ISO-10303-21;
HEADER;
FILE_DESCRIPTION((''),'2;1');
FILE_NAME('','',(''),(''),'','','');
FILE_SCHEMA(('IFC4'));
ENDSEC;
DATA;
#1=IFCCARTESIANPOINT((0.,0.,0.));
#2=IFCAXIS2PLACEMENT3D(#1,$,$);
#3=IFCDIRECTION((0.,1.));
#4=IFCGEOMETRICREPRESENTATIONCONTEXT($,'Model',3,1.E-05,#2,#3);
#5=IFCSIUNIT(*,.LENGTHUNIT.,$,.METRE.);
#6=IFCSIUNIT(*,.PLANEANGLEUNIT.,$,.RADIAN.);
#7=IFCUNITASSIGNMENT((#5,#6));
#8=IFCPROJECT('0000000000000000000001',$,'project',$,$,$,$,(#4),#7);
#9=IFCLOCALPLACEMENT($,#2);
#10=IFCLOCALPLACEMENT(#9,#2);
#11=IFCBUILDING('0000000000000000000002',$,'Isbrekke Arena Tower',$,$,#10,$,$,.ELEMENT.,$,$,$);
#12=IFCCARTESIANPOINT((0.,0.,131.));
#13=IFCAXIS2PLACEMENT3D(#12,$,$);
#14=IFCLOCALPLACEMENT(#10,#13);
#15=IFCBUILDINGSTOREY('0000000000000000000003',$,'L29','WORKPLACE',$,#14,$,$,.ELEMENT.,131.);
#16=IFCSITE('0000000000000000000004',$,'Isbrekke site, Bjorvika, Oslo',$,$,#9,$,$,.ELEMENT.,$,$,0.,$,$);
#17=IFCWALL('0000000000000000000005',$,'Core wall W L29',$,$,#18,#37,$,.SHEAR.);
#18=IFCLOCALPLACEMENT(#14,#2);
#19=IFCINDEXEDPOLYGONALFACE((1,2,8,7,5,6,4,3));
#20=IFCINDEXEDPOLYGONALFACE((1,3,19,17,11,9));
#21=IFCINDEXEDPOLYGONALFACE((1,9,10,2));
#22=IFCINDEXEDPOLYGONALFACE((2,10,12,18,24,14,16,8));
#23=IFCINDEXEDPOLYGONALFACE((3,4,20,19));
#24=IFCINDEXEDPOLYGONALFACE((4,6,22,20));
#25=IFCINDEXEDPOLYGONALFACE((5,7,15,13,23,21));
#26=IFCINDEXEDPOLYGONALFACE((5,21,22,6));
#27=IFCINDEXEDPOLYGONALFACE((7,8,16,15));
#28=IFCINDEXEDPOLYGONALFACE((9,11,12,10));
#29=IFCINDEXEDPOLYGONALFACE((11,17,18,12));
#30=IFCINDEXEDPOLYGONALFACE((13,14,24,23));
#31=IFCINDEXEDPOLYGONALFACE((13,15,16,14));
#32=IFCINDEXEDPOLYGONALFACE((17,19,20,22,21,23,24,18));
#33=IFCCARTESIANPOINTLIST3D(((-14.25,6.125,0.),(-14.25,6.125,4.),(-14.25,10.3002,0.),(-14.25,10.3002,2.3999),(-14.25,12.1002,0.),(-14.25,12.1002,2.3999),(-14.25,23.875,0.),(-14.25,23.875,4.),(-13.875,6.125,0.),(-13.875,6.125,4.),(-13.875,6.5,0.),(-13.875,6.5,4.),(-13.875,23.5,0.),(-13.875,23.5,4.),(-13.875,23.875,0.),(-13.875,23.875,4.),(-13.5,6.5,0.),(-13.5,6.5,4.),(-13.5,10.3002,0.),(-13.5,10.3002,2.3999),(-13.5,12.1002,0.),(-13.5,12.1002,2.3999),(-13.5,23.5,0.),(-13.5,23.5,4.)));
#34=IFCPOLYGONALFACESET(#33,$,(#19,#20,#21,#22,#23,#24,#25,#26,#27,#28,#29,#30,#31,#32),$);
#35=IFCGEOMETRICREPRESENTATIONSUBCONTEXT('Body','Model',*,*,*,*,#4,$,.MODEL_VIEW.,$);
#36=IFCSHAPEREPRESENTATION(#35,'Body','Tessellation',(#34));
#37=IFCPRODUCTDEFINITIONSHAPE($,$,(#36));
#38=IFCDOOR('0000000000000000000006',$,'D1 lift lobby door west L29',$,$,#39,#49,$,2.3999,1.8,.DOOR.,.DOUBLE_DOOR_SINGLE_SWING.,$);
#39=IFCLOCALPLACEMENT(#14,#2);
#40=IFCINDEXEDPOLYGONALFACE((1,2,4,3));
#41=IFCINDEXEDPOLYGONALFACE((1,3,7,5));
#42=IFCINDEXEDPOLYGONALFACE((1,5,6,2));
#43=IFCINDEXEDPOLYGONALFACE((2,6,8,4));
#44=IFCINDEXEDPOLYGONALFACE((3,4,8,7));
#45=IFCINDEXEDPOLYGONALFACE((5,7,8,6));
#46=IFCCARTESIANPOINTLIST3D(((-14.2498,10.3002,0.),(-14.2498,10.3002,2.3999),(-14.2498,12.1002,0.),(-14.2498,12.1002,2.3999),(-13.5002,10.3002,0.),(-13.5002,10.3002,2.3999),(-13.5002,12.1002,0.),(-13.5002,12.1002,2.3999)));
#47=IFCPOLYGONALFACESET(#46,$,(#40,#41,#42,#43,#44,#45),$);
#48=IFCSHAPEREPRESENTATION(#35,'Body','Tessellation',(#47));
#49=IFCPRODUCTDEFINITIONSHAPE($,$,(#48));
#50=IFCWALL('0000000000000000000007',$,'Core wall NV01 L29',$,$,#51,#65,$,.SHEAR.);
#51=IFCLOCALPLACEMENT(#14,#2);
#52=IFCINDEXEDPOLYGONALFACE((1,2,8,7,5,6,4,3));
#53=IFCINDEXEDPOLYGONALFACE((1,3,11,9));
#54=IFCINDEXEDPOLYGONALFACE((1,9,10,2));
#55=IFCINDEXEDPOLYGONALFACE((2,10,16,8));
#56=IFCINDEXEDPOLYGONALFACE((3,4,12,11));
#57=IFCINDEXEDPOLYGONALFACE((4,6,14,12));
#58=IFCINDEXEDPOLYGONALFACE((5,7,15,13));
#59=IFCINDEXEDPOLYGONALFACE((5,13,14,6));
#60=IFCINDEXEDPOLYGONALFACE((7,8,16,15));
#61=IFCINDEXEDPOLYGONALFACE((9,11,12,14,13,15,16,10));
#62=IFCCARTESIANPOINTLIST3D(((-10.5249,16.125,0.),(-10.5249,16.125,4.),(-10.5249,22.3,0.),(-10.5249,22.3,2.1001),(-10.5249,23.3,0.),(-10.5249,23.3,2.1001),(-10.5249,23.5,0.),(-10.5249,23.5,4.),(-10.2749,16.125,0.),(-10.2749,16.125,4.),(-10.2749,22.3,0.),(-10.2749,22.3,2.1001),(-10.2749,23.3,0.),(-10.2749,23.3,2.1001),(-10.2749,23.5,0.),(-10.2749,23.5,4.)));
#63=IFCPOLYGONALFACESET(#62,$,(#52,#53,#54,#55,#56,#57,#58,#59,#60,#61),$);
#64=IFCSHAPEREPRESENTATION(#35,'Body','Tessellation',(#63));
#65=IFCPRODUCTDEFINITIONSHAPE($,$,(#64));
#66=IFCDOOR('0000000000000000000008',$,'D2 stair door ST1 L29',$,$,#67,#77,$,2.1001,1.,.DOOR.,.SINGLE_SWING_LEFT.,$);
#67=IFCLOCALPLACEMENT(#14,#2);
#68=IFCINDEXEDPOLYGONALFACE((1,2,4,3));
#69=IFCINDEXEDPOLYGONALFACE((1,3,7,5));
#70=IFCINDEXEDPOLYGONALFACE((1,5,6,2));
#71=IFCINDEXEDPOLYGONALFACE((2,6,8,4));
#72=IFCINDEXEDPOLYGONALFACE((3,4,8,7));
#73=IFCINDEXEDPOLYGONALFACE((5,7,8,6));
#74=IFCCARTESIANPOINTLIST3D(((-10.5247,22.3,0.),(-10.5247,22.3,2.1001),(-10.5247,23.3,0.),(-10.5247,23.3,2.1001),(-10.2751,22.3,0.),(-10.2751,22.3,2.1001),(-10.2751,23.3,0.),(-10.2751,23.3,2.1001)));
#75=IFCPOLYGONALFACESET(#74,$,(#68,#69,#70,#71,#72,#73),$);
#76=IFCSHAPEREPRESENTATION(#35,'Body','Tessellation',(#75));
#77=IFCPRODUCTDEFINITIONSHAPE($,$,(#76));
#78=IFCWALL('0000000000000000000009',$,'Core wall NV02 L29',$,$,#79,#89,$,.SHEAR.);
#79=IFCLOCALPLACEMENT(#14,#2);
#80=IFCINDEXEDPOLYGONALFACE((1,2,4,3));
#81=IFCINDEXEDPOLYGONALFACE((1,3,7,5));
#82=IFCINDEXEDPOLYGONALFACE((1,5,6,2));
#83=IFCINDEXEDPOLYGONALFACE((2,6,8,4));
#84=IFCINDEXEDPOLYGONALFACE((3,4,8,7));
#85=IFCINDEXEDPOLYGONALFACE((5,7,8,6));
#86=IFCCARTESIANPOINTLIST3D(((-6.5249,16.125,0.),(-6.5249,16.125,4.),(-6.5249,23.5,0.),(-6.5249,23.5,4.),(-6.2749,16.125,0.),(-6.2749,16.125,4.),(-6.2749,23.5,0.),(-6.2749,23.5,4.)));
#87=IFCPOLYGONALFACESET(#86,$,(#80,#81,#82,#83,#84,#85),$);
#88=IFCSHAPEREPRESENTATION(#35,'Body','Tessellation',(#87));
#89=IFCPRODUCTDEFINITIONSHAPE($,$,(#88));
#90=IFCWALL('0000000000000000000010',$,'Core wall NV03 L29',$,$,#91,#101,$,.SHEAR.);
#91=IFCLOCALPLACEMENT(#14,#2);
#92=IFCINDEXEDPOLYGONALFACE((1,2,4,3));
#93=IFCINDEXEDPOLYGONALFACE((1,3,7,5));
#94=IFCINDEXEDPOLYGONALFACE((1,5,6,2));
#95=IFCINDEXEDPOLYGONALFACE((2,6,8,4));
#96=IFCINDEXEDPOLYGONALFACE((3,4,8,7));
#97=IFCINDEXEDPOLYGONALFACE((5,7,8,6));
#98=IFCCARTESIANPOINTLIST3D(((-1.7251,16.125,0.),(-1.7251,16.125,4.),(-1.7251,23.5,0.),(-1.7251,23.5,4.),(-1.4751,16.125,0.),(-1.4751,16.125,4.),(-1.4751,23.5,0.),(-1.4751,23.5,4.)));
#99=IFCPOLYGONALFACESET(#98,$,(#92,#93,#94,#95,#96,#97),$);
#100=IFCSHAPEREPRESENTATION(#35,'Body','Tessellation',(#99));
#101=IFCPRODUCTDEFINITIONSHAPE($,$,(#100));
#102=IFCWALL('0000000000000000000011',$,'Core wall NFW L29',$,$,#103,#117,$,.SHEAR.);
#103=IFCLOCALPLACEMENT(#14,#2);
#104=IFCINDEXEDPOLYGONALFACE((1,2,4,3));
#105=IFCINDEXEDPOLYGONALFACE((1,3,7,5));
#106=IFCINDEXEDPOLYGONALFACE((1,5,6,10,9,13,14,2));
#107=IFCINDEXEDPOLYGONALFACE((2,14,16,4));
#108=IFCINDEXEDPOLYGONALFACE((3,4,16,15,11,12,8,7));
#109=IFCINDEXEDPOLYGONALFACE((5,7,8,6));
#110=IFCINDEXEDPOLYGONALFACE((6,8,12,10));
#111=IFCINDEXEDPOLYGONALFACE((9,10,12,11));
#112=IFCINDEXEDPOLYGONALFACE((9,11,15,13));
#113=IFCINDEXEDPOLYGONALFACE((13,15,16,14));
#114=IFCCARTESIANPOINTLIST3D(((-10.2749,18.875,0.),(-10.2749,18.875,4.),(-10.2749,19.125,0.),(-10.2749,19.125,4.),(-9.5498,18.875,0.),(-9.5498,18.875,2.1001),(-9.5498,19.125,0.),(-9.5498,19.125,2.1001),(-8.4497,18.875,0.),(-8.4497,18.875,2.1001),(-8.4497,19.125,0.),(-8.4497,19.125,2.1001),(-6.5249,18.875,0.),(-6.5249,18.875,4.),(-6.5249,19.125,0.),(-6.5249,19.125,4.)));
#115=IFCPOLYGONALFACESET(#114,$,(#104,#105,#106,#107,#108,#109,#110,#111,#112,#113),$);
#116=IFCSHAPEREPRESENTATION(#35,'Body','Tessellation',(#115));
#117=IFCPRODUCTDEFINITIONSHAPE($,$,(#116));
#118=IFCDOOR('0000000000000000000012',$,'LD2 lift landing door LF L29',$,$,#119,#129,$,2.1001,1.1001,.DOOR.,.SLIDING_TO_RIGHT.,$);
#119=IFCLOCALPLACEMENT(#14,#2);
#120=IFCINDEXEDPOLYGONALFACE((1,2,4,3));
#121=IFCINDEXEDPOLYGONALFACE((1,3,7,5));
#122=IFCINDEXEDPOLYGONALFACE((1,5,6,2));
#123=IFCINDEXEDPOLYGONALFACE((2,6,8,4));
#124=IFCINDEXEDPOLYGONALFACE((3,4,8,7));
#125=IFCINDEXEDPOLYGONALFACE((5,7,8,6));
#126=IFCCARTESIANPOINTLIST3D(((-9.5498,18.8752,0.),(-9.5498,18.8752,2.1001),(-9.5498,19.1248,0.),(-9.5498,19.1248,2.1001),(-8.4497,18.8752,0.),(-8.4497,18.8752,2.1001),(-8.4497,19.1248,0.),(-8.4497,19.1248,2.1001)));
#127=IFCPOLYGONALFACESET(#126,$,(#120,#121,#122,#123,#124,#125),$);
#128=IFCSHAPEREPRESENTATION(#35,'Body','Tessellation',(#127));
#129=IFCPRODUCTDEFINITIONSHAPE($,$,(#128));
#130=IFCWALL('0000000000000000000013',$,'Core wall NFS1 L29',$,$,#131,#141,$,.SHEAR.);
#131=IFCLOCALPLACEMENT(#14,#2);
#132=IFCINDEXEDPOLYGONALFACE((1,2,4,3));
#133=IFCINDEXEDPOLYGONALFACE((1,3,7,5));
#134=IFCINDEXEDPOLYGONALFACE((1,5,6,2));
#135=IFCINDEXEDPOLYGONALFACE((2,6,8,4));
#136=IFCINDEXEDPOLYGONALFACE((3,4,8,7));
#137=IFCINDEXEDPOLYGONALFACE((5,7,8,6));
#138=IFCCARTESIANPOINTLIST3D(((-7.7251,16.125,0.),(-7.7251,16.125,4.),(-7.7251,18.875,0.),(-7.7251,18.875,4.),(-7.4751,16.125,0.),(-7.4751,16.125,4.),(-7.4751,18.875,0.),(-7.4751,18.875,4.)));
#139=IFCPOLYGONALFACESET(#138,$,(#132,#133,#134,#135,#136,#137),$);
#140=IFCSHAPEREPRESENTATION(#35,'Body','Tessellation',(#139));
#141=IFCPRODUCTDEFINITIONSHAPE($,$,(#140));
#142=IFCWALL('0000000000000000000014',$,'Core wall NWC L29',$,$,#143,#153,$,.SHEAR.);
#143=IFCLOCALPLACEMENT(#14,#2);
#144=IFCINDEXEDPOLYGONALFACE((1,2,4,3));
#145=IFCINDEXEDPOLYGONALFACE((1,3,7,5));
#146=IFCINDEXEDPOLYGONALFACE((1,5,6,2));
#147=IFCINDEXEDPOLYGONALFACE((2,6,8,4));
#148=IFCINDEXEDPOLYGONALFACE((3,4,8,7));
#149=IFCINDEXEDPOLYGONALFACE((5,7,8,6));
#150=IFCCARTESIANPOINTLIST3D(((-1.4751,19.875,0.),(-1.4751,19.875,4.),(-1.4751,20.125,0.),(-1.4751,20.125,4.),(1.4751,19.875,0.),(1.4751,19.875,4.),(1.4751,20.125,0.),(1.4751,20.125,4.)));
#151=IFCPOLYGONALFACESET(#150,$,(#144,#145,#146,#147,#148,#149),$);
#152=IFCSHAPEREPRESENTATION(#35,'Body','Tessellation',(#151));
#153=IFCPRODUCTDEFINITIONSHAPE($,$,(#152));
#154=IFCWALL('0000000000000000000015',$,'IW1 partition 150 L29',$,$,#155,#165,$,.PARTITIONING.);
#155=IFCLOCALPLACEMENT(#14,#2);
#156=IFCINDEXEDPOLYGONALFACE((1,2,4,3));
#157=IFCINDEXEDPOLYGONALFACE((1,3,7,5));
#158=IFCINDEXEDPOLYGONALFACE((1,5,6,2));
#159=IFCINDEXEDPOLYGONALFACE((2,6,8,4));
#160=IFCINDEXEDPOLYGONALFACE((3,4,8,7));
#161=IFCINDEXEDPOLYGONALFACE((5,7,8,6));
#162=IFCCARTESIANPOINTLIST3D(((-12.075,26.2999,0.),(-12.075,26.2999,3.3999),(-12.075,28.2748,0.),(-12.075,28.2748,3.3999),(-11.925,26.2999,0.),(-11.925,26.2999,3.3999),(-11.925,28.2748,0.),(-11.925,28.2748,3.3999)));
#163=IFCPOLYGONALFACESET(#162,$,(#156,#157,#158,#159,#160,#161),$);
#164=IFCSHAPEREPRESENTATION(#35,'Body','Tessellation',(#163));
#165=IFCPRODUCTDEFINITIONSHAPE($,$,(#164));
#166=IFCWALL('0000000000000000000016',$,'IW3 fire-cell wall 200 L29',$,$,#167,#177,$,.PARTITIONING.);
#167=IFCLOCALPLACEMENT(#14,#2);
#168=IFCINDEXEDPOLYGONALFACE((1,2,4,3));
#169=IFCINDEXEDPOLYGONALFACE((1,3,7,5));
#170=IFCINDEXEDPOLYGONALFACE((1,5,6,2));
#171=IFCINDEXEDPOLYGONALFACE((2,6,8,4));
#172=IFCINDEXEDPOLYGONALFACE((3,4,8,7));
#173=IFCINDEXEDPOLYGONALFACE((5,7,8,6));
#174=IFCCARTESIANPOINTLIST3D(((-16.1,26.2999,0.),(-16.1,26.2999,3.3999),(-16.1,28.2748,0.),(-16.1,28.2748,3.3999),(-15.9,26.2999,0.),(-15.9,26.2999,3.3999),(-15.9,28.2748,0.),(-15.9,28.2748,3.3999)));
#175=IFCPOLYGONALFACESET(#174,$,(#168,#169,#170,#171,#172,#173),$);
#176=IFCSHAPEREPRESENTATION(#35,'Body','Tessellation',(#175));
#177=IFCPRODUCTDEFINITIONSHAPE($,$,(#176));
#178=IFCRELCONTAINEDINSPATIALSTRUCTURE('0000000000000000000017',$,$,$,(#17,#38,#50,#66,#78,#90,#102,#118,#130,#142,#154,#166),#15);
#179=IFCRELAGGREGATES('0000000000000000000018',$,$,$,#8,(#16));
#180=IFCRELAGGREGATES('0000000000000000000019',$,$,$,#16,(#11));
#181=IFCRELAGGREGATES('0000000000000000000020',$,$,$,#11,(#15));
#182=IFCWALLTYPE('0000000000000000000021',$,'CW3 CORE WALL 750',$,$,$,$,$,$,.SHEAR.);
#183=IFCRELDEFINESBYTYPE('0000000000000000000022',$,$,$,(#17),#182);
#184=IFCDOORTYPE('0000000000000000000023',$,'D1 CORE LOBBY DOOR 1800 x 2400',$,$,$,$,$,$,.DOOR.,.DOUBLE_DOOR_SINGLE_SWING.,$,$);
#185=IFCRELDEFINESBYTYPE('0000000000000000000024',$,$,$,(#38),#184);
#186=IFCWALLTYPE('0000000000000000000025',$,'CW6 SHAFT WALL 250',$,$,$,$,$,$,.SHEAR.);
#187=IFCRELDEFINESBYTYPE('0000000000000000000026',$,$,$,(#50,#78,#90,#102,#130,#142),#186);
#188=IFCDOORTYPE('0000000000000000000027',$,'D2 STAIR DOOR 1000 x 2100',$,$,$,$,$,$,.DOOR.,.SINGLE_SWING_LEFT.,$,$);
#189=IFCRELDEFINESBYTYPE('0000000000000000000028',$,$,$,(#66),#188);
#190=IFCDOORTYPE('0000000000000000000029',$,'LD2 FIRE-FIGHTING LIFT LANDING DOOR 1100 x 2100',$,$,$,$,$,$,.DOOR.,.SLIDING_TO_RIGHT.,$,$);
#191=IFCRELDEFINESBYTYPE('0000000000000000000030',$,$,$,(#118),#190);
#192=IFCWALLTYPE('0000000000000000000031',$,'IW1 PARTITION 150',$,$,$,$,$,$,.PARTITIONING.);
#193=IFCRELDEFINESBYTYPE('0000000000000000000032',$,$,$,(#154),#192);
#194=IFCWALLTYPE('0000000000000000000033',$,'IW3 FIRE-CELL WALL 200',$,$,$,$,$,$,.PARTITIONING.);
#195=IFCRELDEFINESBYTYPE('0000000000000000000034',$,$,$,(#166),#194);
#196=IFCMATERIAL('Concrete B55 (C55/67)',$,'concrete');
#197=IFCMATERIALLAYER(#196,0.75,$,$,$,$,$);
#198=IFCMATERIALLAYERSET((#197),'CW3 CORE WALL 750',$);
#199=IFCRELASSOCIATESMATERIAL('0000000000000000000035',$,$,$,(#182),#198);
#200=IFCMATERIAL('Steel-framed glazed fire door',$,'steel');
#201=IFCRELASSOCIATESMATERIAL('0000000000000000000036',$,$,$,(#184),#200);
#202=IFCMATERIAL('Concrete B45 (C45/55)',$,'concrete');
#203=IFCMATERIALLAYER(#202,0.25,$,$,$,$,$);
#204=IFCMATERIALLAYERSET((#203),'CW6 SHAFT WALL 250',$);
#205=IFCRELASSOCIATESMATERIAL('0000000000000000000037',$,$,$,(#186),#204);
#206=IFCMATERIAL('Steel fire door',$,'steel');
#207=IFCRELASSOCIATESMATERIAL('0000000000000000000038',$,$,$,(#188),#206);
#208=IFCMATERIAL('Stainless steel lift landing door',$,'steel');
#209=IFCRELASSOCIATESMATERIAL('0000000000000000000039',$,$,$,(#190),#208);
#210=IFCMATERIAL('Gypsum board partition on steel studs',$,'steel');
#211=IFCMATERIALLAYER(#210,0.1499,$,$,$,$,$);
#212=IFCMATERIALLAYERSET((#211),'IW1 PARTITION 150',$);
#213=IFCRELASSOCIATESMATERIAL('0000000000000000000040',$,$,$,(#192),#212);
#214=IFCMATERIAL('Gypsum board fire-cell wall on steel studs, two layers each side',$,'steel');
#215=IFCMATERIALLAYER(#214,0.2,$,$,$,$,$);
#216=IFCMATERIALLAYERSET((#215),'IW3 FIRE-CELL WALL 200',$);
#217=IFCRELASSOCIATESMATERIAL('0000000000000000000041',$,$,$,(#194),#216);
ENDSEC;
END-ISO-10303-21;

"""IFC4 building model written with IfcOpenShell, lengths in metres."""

from ifc_helpers import new_model, si_unit, direction, frame, frame_2d, origin, place, context, subcontext, project, spatial, polyline, rectangle, outline, extrude, material, layer, layer_set, type_object, element, fill, save


model = new_model("IFC4")

# Units and contexts
model_context = context("Model", 3, precision=1e-05, world=origin(), true_north=direction((0.0, 1.0)))
body_context = subcontext(model_context, "Body", "Model", "MODEL_VIEW")
ifc_project = project(units=[si_unit("LENGTHUNIT", "METRE"), si_unit("PLANEANGLEUNIT", "RADIAN")], contexts=[model_context])

# Site, building, storey
site_placement = place(None, origin())
site = spatial("IfcSite", under=ifc_project, at=site_placement, Name="Isbrekke site, Bjorvika, Oslo", CompositionType="ELEMENT", RefElevation=0.0)
building_placement = place(site_placement, origin())
building = spatial("IfcBuilding", under=site, at=building_placement, Name="Isbrekke Arena Tower", CompositionType="ELEMENT")
storey_placement = place(building_placement, frame((0.0, 0.0, 131.0)))
storey = spatial("IfcBuildingStorey", under=building, at=storey_placement, Name="L29", Description="WORKPLACE", CompositionType="ELEMENT", Elevation=131.0)

# Walls, openings, doors
ifc_material_1 = material(Name="Concrete B55 (C55/67)", Category="concrete")
ifc_layer_1 = layer(ifc_material_1, 0.75)
ifc_layer_set_1 = layer_set([ifc_layer_1], Name="CW3 CORE WALL 750")
wall_type_1 = type_object("IfcWallType", Name="CW3 CORE WALL 750", PredefinedType="SHEAR", material=ifc_layer_set_1)
wall_1_placement = place(storey_placement, frame((-13.875, 23.875, 0.0), z_axis=(0.0, 0.0, 1.0), x_axis=(0.0, -1.0, 0.0)))
wall_1 = element("IfcWall", 1, at=wall_1_placement, inside=storey, type_object=wall_type_1, Name="Core wall W L29", PredefinedType="SHEAR", context=body_context, shape_type="SweptSolid", body=[
    extrude(outline(polyline([(0.0, -0.375), (17.75, -0.375), (17.75, 0.0), (17.375, 0.0), (17.375, 0.375), (0.375, 0.375), (0.375, 0.0), (0.0, 0.0), (0.0, -0.375)])), origin(), (0.0, 0.0, 1.0), 4.0),
])
opening_1_placement = place(wall_1_placement, frame((11.7749, 0.0, 0.0)))
opening_1 = element("IfcOpeningElement", 2, at=opening_1_placement, cuts=wall_1, PredefinedType="OPENING", context=body_context, shape_type="SweptSolid", body=[
    extrude(rectangle(XDim=1.8, YDim=2.3999, at=frame_2d((0.8999, 1.2))), frame((0.0, 0.3899, 0.0), z_axis=(0.0, -1.0, 0.0), x_axis=(1.0, 0.0, 0.0)), (0.0, 0.0, 1.0), 0.7798),
])
ifc_material_2 = material(Name="Steel-framed glazed fire door", Category="steel")
door_type_1 = type_object("IfcDoorType", Name="D1 CORE LOBBY DOOR 1800 x 2400", OperationType="DOUBLE_DOOR_SINGLE_SWING", PredefinedType="DOOR", material=ifc_material_2)
door_1_placement = place(opening_1_placement, origin())
door_1 = element("IfcDoor", 3, at=door_1_placement, inside=storey, type_object=door_type_1, Name="D1 lift lobby door west L29", OperationType="DOUBLE_DOOR_SINGLE_SWING", OverallHeight=2.3999, OverallWidth=1.8, PredefinedType="DOOR", context=body_context, shape_type="SweptSolid", body=[
    extrude(rectangle(XDim=1.8, YDim=2.3999, at=frame_2d((0.8999, 1.2))), frame((0.0, 0.3748, 0.0), z_axis=(0.0, -1.0, 0.0), x_axis=(1.0, 0.0, 0.0)), (0.0, 0.0, 1.0), 0.7495),
])
fill(opening_1, door_1)
ifc_material_3 = material(Name="Concrete B45 (C45/55)", Category="concrete")
ifc_layer_2 = layer(ifc_material_3, 0.25)
ifc_layer_set_2 = layer_set([ifc_layer_2], Name="CW6 SHAFT WALL 250")
wall_type_2 = type_object("IfcWallType", Name="CW6 SHAFT WALL 250", PredefinedType="SHEAR", material=ifc_layer_set_2)
wall_2_placement = place(storey_placement, frame((-10.3999, 16.125, 0.0), z_axis=(0.0, 0.0, 1.0), x_axis=(0.0, 1.0, 0.0)))
wall_2 = element("IfcWall", 4, at=wall_2_placement, inside=storey, type_object=wall_type_2, Name="Core wall NV01 L29", PredefinedType="SHEAR", context=body_context, shape_type="SweptSolid", body=[
    extrude(rectangle(XDim=7.375, YDim=0.25, at=frame_2d((3.6875, 0.0))), origin(), (0.0, 0.0, 1.0), 4.0),
])
opening_2_placement = place(wall_2_placement, frame((6.175, 0.0, 0.0)))
opening_2 = element("IfcOpeningElement", 5, at=opening_2_placement, cuts=wall_2, PredefinedType="OPENING", context=body_context, shape_type="SweptSolid", body=[
    extrude(rectangle(XDim=1.0, YDim=2.1001, at=frame_2d((0.5, 1.05))), frame((0.0, 0.1399, 0.0), z_axis=(0.0, -1.0, 0.0), x_axis=(1.0, 0.0, 0.0)), (0.0, 0.0, 1.0), 0.2798),
])
ifc_material_4 = material(Name="Steel fire door", Category="steel")
door_type_2 = type_object("IfcDoorType", Name="D2 STAIR DOOR 1000 x 2100", OperationType="SINGLE_SWING_LEFT", PredefinedType="DOOR", material=ifc_material_4)
door_2_placement = place(opening_2_placement, origin())
door_2 = element("IfcDoor", 6, at=door_2_placement, inside=storey, type_object=door_type_2, Name="D2 stair door ST1 L29", OperationType="SINGLE_SWING_LEFT", OverallHeight=2.1001, OverallWidth=1.0, PredefinedType="DOOR", context=body_context, shape_type="SweptSolid", body=[
    extrude(rectangle(XDim=1.0, YDim=2.1001, at=frame_2d((0.5, 1.05))), frame((0.0, 0.1248, 0.0), z_axis=(0.0, -1.0, 0.0), x_axis=(1.0, 0.0, 0.0)), (0.0, 0.0, 1.0), 0.2495),
])
fill(opening_2, door_2)

# Walls
for number, where, z_axis, x_axis, name in (
    (7, (-6.3999, 16.125, 0.0), (0.0, 0.0, 1.0), (0.0, 1.0, 0.0), "Core wall NV02 L29"),
    (8, (-1.6001, 16.125, 0.0), (0.0, 0.0, 1.0), (0.0, 1.0, 0.0), "Core wall NV03 L29"),
):
    element("IfcWall", number, at=place(storey_placement, frame(where, z_axis=z_axis, x_axis=x_axis)), inside=storey, type_object=wall_type_2, Name=name, PredefinedType="SHEAR", context=body_context, shape_type="SweptSolid", body=[
        extrude(rectangle(XDim=7.375, YDim=0.25, at=frame_2d((3.6875, 0.0))), origin(), (0.0, 0.0, 1.0), 4.0),
    ])

# Wall, opening, door
wall_3_placement = place(storey_placement, frame((-10.2749, 19.0, 0.0), z_axis=(0.0, 0.0, 1.0), x_axis=(1.0, 0.0, 0.0)))
wall_3 = element("IfcWall", 9, at=wall_3_placement, inside=storey, type_object=wall_type_2, Name="Core wall NFW L29", PredefinedType="SHEAR", context=body_context, shape_type="SweptSolid", body=[
    extrude(rectangle(XDim=3.75, YDim=0.25, at=frame_2d((1.875, 0.0))), origin(), (0.0, 0.0, 1.0), 4.0),
])
opening_3_placement = place(wall_3_placement, frame((0.7251, 0.0, 0.0)))
opening_3 = element("IfcOpeningElement", 10, at=opening_3_placement, cuts=wall_3, PredefinedType="OPENING", context=body_context, shape_type="SweptSolid", body=[
    extrude(rectangle(XDim=1.1001, YDim=2.1001, at=frame_2d((0.55, 1.05))), frame((0.0, 0.1399, 0.0), z_axis=(0.0, -1.0, 0.0), x_axis=(1.0, 0.0, 0.0)), (0.0, 0.0, 1.0), 0.2798),
])
ifc_material_5 = material(Name="Stainless steel lift landing door", Category="steel")
door_type_3 = type_object("IfcDoorType", Name="LD2 FIRE-FIGHTING LIFT LANDING DOOR 1100 x 2100", OperationType="SLIDING_TO_RIGHT", PredefinedType="DOOR", material=ifc_material_5)
door_3_placement = place(opening_3_placement, origin())
door_3 = element("IfcDoor", 11, at=door_3_placement, inside=storey, type_object=door_type_3, Name="LD2 lift landing door LF L29", OperationType="SLIDING_TO_RIGHT", OverallHeight=2.1001, OverallWidth=1.1001, PredefinedType="DOOR", context=body_context, shape_type="SweptSolid", body=[
    extrude(rectangle(XDim=1.1001, YDim=2.1001, at=frame_2d((0.55, 1.05))), frame((0.0, 0.1248, 0.0), z_axis=(0.0, -1.0, 0.0), x_axis=(1.0, 0.0, 0.0)), (0.0, 0.0, 1.0), 0.2495),
])
fill(opening_3, door_3)

# Walls
wall_4_placement = place(storey_placement, frame((-7.6001, 16.125, 0.0), z_axis=(0.0, 0.0, 1.0), x_axis=(0.0, 1.0, 0.0)))
element("IfcWall", 12, at=wall_4_placement, inside=storey, type_object=wall_type_2, Name="Core wall NFS1 L29", PredefinedType="SHEAR", context=body_context, shape_type="SweptSolid", body=[
    extrude(rectangle(XDim=2.75, YDim=0.25, at=frame_2d((1.375, 0.0))), origin(), (0.0, 0.0, 1.0), 4.0),
])
wall_5_placement = place(storey_placement, frame((-1.4751, 20.0, 0.0), z_axis=(0.0, 0.0, 1.0), x_axis=(1.0, 0.0, 0.0)))
element("IfcWall", 13, at=wall_5_placement, inside=storey, type_object=wall_type_2, Name="Core wall NWC L29", PredefinedType="SHEAR", context=body_context, shape_type="SweptSolid", body=[
    extrude(rectangle(XDim=2.9502, YDim=0.25, at=frame_2d((1.4751, 0.0))), origin(), (0.0, 0.0, 1.0), 4.0),
])
ifc_material_6 = material(Name="Gypsum board partition on steel studs", Category="steel")
ifc_layer_3 = layer(ifc_material_6, 0.1499)
ifc_layer_set_3 = layer_set([ifc_layer_3], Name="IW1 PARTITION 150")
wall_type_3 = type_object("IfcWallType", Name="IW1 PARTITION 150", PredefinedType="PARTITIONING", material=ifc_layer_set_3)
wall_6_placement = place(storey_placement, frame((-12.0, 26.3, 0.0), z_axis=(0.0, 0.0, 1.0), x_axis=(0.0, 1.0, 0.0)))
element("IfcWall", 14, at=wall_6_placement, inside=storey, type_object=wall_type_3, Name="IW1 partition 150 L29", PredefinedType="PARTITIONING", context=body_context, shape_type="SweptSolid", body=[
    extrude(rectangle(XDim=1.9749, YDim=0.1499, at=frame_2d((0.9873, 0.0))), origin(), (0.0, 0.0, 1.0), 3.3999),
])
ifc_material_7 = material(Name="Gypsum board fire-cell wall on steel studs, two layers each side", Category="steel")
ifc_layer_4 = layer(ifc_material_7, 0.2)
ifc_layer_set_4 = layer_set([ifc_layer_4], Name="IW3 FIRE-CELL WALL 200")
wall_type_4 = type_object("IfcWallType", Name="IW3 FIRE-CELL WALL 200", PredefinedType="PARTITIONING", material=ifc_layer_set_4)
wall_7_placement = place(storey_placement, frame((-16.0, 26.3, 0.0), z_axis=(0.0, 0.0, 1.0), x_axis=(0.0, 1.0, 0.0)))
element("IfcWall", 15, at=wall_7_placement, inside=storey, type_object=wall_type_4, Name="IW3 fire-cell wall 200 L29", PredefinedType="PARTITIONING", context=body_context, shape_type="SweptSolid", body=[
    extrude(rectangle(XDim=1.9749, YDim=0.2, at=frame_2d((0.9873, 0.0))), origin(), (0.0, 0.0, 1.0), 3.3999),
])

save(model, "model.ifc")
